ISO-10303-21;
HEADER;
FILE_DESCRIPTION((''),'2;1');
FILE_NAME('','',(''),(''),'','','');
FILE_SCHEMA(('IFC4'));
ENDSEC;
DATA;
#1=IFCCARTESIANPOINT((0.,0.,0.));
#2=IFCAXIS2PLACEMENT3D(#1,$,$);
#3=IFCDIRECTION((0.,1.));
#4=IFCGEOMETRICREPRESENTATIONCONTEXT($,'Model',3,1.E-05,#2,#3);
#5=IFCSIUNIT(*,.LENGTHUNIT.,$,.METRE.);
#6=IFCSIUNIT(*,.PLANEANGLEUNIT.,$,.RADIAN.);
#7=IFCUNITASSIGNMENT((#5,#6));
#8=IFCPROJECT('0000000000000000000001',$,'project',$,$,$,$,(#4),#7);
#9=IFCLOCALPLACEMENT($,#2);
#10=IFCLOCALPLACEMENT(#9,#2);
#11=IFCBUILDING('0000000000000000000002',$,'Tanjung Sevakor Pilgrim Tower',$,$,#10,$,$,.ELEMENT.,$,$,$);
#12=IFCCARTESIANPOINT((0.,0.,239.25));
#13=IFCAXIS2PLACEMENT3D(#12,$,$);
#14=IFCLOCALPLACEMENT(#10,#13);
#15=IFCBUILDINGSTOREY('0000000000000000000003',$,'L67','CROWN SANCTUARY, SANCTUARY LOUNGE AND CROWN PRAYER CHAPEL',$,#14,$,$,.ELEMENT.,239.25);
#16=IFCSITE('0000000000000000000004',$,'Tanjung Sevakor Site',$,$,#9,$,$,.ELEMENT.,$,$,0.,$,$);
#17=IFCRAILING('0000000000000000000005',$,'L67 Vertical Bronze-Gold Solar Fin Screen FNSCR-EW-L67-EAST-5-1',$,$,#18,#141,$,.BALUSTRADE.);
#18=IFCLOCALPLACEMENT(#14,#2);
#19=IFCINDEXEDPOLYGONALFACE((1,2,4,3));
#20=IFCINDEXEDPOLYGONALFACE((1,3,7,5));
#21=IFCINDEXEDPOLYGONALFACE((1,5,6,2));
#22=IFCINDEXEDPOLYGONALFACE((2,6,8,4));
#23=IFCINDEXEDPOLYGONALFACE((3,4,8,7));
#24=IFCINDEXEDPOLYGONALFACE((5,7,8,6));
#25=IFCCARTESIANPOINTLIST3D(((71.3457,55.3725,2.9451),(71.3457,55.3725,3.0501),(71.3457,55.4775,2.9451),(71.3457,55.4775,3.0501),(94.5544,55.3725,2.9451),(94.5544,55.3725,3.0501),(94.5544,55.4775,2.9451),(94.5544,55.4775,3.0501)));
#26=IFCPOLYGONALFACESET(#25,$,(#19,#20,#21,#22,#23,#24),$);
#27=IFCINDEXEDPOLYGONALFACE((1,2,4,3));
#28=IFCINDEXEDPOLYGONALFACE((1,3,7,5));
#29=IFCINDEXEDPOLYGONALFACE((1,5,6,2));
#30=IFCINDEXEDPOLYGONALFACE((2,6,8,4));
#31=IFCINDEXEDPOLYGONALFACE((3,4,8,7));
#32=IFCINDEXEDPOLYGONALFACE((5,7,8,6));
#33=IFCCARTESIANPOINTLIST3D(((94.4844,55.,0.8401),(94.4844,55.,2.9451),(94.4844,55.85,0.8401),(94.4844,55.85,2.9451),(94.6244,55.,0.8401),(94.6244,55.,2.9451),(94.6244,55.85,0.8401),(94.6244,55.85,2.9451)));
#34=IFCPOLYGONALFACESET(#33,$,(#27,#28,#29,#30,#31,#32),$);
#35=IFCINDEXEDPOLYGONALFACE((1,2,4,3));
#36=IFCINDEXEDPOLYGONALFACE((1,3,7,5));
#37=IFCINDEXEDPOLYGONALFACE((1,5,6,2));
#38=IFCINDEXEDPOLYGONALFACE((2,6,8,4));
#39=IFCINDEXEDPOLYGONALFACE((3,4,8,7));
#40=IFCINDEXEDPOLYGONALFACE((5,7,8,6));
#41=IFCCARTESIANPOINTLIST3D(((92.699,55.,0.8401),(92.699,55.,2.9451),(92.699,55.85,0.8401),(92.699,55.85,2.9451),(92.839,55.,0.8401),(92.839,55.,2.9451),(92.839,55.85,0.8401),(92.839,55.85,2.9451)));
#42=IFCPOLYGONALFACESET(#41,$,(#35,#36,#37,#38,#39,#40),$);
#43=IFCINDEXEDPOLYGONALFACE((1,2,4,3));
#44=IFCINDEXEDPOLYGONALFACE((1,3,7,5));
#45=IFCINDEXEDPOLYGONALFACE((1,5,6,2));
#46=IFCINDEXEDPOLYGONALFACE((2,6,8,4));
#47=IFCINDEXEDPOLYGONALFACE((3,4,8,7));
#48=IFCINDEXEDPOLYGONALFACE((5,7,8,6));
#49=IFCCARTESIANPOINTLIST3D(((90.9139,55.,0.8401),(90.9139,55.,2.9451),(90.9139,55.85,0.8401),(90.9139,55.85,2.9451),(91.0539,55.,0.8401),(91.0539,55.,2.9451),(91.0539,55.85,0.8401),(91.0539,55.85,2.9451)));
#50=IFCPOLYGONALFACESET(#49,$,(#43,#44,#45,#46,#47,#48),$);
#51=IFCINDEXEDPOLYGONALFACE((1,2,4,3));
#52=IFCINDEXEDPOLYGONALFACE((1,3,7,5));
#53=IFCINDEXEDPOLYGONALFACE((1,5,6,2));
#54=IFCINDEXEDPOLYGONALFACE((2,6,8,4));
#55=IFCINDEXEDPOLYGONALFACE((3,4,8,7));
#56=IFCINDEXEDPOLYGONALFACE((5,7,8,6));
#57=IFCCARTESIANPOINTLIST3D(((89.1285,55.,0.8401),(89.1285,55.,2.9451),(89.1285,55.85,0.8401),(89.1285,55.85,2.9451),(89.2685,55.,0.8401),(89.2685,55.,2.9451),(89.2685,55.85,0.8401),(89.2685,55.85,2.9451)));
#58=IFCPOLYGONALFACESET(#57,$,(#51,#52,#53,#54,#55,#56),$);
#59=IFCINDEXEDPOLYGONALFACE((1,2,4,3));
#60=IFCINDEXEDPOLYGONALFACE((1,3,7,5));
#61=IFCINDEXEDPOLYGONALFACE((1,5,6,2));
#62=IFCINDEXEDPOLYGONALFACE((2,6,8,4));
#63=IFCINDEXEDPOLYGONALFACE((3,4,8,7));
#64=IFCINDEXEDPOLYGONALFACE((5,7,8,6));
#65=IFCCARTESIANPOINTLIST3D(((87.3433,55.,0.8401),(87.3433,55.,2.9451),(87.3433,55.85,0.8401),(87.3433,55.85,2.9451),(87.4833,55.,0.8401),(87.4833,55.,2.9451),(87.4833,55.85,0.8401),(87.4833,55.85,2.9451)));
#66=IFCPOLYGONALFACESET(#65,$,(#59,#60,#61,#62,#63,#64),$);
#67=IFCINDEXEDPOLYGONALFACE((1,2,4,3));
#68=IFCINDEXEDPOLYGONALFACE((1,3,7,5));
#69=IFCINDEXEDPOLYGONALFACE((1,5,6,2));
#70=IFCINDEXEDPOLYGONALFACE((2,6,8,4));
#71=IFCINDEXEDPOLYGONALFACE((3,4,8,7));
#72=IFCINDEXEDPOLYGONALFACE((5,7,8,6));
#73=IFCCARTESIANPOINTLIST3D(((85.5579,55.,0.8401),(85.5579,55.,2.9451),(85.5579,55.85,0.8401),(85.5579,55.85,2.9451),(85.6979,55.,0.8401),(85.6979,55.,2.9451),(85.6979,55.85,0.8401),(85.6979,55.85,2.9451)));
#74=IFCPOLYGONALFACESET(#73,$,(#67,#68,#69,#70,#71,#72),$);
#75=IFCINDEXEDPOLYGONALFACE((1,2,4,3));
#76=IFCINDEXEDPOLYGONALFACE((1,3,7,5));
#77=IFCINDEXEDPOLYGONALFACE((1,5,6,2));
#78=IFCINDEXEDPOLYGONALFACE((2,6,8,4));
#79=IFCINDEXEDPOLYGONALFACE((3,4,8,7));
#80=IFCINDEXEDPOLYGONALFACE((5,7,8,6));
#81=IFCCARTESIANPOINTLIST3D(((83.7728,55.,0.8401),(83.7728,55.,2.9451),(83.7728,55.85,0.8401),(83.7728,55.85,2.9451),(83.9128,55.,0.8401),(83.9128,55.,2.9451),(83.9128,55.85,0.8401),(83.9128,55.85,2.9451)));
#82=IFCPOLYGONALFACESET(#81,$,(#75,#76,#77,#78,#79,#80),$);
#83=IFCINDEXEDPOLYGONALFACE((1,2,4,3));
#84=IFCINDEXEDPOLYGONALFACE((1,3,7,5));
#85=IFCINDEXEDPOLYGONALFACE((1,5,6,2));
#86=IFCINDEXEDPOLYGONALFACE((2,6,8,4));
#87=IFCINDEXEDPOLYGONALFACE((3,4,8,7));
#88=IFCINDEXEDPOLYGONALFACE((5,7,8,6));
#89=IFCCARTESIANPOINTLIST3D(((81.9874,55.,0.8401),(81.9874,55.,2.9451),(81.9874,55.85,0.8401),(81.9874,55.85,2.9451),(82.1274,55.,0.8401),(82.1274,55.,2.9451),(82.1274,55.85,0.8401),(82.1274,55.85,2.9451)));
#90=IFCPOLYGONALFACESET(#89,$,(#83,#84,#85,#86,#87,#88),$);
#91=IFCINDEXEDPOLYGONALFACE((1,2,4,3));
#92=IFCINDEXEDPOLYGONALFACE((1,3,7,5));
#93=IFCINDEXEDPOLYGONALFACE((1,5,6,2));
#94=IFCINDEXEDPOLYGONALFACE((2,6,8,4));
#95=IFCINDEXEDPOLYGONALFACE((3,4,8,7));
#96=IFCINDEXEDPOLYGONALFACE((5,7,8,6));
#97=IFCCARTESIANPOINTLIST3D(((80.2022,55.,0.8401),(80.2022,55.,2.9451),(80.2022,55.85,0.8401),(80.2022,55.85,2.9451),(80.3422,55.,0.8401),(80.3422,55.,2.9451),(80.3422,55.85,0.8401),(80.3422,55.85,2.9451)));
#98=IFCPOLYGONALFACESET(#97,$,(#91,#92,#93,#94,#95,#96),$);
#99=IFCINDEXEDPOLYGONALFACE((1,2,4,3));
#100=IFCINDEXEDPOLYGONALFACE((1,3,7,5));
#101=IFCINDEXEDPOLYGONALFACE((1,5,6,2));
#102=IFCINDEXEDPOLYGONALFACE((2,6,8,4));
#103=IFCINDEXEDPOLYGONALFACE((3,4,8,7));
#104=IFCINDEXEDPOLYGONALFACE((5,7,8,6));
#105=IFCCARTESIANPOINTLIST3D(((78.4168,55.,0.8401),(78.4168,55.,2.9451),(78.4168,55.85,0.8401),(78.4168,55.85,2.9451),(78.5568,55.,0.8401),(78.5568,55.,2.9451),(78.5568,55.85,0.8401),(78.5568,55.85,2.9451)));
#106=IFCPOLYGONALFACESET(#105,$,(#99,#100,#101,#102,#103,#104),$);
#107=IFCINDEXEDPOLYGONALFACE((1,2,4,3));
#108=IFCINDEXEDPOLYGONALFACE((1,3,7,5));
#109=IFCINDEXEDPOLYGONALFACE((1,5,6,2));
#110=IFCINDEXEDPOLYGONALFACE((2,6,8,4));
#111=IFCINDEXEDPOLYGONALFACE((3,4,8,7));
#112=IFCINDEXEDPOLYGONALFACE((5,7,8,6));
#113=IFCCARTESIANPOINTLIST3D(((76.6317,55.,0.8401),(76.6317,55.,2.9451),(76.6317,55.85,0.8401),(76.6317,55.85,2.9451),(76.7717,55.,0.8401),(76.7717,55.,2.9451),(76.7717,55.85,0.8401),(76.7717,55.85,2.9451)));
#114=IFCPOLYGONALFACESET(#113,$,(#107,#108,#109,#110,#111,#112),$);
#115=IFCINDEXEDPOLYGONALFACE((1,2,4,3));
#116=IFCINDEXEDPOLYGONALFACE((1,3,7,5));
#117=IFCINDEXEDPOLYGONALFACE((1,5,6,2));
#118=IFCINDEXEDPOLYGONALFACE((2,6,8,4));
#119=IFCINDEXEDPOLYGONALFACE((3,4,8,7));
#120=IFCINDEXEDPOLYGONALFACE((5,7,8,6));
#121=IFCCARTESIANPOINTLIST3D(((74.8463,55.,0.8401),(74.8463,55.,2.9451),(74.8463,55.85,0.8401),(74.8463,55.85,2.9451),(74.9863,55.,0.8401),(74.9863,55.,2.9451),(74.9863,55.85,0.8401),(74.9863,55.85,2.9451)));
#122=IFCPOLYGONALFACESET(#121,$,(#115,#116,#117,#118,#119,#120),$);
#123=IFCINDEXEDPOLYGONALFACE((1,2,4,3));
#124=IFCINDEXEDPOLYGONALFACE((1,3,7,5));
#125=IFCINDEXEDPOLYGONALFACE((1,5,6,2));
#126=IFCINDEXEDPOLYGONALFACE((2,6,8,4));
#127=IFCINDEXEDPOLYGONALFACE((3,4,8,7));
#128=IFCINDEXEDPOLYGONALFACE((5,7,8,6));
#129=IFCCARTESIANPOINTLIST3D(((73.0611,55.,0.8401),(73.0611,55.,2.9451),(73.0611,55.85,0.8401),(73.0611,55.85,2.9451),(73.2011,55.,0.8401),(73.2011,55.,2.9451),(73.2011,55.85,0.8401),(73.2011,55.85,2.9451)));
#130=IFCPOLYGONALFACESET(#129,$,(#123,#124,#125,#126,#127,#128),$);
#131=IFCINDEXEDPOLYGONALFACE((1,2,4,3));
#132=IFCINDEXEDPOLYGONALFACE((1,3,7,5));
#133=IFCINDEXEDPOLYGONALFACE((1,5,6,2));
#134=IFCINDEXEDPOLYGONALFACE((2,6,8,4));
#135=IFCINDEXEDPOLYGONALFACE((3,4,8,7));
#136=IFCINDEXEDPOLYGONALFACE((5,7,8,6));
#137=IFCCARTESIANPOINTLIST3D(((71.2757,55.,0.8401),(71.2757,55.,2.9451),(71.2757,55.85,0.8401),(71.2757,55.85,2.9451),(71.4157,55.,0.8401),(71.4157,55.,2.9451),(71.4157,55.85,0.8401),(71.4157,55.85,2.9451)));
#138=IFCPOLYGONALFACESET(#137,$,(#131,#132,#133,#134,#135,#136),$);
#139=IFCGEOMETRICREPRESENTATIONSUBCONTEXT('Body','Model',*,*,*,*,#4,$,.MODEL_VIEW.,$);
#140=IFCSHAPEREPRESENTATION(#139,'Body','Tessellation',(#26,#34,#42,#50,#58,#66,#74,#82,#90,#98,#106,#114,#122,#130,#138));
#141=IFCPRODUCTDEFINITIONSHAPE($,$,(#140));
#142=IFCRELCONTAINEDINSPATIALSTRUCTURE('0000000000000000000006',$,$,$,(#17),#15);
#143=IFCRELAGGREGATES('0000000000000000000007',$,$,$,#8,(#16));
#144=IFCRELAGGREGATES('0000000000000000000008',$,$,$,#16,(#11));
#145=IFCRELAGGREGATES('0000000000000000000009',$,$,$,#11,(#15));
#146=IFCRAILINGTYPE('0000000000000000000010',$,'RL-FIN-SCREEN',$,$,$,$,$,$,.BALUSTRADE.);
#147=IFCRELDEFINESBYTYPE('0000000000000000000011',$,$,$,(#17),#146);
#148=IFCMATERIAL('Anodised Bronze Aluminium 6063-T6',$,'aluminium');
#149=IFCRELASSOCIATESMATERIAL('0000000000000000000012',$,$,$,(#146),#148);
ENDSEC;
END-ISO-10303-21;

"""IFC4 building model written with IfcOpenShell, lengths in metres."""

from ifc_helpers import new_model, si_unit, direction, frame, origin, place, context, subcontext, project, spatial, rectangle, extrude, material, type_object, element, save


model = new_model("IFC4")

# Units and contexts
model_context = context("Model", 3, precision=1e-05, world=origin(), true_north=direction((0.0, 1.0)))
body_context = subcontext(model_context, "Body", "Model", "MODEL_VIEW")
ifc_project = project(units=[si_unit("LENGTHUNIT", "METRE"), si_unit("PLANEANGLEUNIT", "RADIAN")], contexts=[model_context])

# Site, building, storey
site_placement = place(None, origin())
site = spatial("IfcSite", under=ifc_project, at=site_placement, Name="Tanjung Sevakor Site", CompositionType="ELEMENT", RefElevation=0.0)
building_placement = place(site_placement, origin())
building = spatial("IfcBuilding", under=site, at=building_placement, Name="Tanjung Sevakor Pilgrim Tower", CompositionType="ELEMENT")
storey_placement = place(building_placement, frame((0.0, 0.0, 239.25)))
storey = spatial("IfcBuildingStorey", under=building, at=storey_placement, Name="L67", Description="CROWN SANCTUARY, SANCTUARY LOUNGE AND CROWN PRAYER CHAPEL", CompositionType="ELEMENT", Elevation=239.25)

# Railing
ifc_material_1 = material(Name="Anodised Bronze Aluminium 6063-T6", Category="aluminium")
railing_type = type_object("IfcRailingType", Name="RL-FIN-SCREEN", PredefinedType="BALUSTRADE", material=ifc_material_1)
railing_placement = place(storey_placement, frame((94.5544, 55.425, 0.8401)))
element("IfcRailing", 1, at=railing_placement, inside=storey, type_object=railing_type, Name="L67 Vertical Bronze-Gold Solar Fin Screen FNSCR-EW-L67-EAST-5-1", PredefinedType="BALUSTRADE", context=body_context, shape_type="SweptSolid", body=[
    extrude(rectangle(XDim=0.105, YDim=0.105), frame((0.0, 0.0, 2.1575), z_axis=(-1.0, 0.0, 0.0), x_axis=(0.0, -1.0, 0.0)), (0.0, 0.0, 1.0), 23.2087),
    extrude(rectangle(XDim=0.14, YDim=0.85), origin(), (0.0, 0.0, 1.0), 2.105),
    extrude(rectangle(XDim=0.14, YDim=0.85), frame((-1.7854, 0.0, 0.0)), (0.0, 0.0, 1.0), 2.105),
    extrude(rectangle(XDim=0.14, YDim=0.85), frame((-3.5706, 0.0, 0.0)), (0.0, 0.0, 1.0), 2.105),
    extrude(rectangle(XDim=0.14, YDim=0.85), frame((-5.356, 0.0, 0.0)), (0.0, 0.0, 1.0), 2.105),
    extrude(rectangle(XDim=0.14, YDim=0.85), frame((-7.1411, 0.0, 0.0)), (0.0, 0.0, 1.0), 2.105),
    extrude(rectangle(XDim=0.14, YDim=0.85), frame((-8.9265, 0.0, 0.0)), (0.0, 0.0, 1.0), 2.105),
    extrude(rectangle(XDim=0.14, YDim=0.85), frame((-10.7117, 0.0, 0.0)), (0.0, 0.0, 1.0), 2.105),
    extrude(rectangle(XDim=0.14, YDim=0.85), frame((-12.4971, 0.0, 0.0)), (0.0, 0.0, 1.0), 2.105),
    extrude(rectangle(XDim=0.14, YDim=0.85), frame((-14.2822, 0.0, 0.0)), (0.0, 0.0, 1.0), 2.105),
    extrude(rectangle(XDim=0.14, YDim=0.85), frame((-16.0676, 0.0, 0.0)), (0.0, 0.0, 1.0), 2.105),
    extrude(rectangle(XDim=0.14, YDim=0.85), frame((-17.8528, 0.0, 0.0)), (0.0, 0.0, 1.0), 2.105),
    extrude(rectangle(XDim=0.14, YDim=0.85), frame((-19.6382, 0.0, 0.0)), (0.0, 0.0, 1.0), 2.105),
    extrude(rectangle(XDim=0.14, YDim=0.85), frame((-21.4233, 0.0, 0.0)), (0.0, 0.0, 1.0), 2.105),
    extrude(rectangle(XDim=0.14, YDim=0.85), frame((-23.2087, 0.0, 0.0)), (0.0, 0.0, 1.0), 2.105),
])

save(model, "model.ifc")
